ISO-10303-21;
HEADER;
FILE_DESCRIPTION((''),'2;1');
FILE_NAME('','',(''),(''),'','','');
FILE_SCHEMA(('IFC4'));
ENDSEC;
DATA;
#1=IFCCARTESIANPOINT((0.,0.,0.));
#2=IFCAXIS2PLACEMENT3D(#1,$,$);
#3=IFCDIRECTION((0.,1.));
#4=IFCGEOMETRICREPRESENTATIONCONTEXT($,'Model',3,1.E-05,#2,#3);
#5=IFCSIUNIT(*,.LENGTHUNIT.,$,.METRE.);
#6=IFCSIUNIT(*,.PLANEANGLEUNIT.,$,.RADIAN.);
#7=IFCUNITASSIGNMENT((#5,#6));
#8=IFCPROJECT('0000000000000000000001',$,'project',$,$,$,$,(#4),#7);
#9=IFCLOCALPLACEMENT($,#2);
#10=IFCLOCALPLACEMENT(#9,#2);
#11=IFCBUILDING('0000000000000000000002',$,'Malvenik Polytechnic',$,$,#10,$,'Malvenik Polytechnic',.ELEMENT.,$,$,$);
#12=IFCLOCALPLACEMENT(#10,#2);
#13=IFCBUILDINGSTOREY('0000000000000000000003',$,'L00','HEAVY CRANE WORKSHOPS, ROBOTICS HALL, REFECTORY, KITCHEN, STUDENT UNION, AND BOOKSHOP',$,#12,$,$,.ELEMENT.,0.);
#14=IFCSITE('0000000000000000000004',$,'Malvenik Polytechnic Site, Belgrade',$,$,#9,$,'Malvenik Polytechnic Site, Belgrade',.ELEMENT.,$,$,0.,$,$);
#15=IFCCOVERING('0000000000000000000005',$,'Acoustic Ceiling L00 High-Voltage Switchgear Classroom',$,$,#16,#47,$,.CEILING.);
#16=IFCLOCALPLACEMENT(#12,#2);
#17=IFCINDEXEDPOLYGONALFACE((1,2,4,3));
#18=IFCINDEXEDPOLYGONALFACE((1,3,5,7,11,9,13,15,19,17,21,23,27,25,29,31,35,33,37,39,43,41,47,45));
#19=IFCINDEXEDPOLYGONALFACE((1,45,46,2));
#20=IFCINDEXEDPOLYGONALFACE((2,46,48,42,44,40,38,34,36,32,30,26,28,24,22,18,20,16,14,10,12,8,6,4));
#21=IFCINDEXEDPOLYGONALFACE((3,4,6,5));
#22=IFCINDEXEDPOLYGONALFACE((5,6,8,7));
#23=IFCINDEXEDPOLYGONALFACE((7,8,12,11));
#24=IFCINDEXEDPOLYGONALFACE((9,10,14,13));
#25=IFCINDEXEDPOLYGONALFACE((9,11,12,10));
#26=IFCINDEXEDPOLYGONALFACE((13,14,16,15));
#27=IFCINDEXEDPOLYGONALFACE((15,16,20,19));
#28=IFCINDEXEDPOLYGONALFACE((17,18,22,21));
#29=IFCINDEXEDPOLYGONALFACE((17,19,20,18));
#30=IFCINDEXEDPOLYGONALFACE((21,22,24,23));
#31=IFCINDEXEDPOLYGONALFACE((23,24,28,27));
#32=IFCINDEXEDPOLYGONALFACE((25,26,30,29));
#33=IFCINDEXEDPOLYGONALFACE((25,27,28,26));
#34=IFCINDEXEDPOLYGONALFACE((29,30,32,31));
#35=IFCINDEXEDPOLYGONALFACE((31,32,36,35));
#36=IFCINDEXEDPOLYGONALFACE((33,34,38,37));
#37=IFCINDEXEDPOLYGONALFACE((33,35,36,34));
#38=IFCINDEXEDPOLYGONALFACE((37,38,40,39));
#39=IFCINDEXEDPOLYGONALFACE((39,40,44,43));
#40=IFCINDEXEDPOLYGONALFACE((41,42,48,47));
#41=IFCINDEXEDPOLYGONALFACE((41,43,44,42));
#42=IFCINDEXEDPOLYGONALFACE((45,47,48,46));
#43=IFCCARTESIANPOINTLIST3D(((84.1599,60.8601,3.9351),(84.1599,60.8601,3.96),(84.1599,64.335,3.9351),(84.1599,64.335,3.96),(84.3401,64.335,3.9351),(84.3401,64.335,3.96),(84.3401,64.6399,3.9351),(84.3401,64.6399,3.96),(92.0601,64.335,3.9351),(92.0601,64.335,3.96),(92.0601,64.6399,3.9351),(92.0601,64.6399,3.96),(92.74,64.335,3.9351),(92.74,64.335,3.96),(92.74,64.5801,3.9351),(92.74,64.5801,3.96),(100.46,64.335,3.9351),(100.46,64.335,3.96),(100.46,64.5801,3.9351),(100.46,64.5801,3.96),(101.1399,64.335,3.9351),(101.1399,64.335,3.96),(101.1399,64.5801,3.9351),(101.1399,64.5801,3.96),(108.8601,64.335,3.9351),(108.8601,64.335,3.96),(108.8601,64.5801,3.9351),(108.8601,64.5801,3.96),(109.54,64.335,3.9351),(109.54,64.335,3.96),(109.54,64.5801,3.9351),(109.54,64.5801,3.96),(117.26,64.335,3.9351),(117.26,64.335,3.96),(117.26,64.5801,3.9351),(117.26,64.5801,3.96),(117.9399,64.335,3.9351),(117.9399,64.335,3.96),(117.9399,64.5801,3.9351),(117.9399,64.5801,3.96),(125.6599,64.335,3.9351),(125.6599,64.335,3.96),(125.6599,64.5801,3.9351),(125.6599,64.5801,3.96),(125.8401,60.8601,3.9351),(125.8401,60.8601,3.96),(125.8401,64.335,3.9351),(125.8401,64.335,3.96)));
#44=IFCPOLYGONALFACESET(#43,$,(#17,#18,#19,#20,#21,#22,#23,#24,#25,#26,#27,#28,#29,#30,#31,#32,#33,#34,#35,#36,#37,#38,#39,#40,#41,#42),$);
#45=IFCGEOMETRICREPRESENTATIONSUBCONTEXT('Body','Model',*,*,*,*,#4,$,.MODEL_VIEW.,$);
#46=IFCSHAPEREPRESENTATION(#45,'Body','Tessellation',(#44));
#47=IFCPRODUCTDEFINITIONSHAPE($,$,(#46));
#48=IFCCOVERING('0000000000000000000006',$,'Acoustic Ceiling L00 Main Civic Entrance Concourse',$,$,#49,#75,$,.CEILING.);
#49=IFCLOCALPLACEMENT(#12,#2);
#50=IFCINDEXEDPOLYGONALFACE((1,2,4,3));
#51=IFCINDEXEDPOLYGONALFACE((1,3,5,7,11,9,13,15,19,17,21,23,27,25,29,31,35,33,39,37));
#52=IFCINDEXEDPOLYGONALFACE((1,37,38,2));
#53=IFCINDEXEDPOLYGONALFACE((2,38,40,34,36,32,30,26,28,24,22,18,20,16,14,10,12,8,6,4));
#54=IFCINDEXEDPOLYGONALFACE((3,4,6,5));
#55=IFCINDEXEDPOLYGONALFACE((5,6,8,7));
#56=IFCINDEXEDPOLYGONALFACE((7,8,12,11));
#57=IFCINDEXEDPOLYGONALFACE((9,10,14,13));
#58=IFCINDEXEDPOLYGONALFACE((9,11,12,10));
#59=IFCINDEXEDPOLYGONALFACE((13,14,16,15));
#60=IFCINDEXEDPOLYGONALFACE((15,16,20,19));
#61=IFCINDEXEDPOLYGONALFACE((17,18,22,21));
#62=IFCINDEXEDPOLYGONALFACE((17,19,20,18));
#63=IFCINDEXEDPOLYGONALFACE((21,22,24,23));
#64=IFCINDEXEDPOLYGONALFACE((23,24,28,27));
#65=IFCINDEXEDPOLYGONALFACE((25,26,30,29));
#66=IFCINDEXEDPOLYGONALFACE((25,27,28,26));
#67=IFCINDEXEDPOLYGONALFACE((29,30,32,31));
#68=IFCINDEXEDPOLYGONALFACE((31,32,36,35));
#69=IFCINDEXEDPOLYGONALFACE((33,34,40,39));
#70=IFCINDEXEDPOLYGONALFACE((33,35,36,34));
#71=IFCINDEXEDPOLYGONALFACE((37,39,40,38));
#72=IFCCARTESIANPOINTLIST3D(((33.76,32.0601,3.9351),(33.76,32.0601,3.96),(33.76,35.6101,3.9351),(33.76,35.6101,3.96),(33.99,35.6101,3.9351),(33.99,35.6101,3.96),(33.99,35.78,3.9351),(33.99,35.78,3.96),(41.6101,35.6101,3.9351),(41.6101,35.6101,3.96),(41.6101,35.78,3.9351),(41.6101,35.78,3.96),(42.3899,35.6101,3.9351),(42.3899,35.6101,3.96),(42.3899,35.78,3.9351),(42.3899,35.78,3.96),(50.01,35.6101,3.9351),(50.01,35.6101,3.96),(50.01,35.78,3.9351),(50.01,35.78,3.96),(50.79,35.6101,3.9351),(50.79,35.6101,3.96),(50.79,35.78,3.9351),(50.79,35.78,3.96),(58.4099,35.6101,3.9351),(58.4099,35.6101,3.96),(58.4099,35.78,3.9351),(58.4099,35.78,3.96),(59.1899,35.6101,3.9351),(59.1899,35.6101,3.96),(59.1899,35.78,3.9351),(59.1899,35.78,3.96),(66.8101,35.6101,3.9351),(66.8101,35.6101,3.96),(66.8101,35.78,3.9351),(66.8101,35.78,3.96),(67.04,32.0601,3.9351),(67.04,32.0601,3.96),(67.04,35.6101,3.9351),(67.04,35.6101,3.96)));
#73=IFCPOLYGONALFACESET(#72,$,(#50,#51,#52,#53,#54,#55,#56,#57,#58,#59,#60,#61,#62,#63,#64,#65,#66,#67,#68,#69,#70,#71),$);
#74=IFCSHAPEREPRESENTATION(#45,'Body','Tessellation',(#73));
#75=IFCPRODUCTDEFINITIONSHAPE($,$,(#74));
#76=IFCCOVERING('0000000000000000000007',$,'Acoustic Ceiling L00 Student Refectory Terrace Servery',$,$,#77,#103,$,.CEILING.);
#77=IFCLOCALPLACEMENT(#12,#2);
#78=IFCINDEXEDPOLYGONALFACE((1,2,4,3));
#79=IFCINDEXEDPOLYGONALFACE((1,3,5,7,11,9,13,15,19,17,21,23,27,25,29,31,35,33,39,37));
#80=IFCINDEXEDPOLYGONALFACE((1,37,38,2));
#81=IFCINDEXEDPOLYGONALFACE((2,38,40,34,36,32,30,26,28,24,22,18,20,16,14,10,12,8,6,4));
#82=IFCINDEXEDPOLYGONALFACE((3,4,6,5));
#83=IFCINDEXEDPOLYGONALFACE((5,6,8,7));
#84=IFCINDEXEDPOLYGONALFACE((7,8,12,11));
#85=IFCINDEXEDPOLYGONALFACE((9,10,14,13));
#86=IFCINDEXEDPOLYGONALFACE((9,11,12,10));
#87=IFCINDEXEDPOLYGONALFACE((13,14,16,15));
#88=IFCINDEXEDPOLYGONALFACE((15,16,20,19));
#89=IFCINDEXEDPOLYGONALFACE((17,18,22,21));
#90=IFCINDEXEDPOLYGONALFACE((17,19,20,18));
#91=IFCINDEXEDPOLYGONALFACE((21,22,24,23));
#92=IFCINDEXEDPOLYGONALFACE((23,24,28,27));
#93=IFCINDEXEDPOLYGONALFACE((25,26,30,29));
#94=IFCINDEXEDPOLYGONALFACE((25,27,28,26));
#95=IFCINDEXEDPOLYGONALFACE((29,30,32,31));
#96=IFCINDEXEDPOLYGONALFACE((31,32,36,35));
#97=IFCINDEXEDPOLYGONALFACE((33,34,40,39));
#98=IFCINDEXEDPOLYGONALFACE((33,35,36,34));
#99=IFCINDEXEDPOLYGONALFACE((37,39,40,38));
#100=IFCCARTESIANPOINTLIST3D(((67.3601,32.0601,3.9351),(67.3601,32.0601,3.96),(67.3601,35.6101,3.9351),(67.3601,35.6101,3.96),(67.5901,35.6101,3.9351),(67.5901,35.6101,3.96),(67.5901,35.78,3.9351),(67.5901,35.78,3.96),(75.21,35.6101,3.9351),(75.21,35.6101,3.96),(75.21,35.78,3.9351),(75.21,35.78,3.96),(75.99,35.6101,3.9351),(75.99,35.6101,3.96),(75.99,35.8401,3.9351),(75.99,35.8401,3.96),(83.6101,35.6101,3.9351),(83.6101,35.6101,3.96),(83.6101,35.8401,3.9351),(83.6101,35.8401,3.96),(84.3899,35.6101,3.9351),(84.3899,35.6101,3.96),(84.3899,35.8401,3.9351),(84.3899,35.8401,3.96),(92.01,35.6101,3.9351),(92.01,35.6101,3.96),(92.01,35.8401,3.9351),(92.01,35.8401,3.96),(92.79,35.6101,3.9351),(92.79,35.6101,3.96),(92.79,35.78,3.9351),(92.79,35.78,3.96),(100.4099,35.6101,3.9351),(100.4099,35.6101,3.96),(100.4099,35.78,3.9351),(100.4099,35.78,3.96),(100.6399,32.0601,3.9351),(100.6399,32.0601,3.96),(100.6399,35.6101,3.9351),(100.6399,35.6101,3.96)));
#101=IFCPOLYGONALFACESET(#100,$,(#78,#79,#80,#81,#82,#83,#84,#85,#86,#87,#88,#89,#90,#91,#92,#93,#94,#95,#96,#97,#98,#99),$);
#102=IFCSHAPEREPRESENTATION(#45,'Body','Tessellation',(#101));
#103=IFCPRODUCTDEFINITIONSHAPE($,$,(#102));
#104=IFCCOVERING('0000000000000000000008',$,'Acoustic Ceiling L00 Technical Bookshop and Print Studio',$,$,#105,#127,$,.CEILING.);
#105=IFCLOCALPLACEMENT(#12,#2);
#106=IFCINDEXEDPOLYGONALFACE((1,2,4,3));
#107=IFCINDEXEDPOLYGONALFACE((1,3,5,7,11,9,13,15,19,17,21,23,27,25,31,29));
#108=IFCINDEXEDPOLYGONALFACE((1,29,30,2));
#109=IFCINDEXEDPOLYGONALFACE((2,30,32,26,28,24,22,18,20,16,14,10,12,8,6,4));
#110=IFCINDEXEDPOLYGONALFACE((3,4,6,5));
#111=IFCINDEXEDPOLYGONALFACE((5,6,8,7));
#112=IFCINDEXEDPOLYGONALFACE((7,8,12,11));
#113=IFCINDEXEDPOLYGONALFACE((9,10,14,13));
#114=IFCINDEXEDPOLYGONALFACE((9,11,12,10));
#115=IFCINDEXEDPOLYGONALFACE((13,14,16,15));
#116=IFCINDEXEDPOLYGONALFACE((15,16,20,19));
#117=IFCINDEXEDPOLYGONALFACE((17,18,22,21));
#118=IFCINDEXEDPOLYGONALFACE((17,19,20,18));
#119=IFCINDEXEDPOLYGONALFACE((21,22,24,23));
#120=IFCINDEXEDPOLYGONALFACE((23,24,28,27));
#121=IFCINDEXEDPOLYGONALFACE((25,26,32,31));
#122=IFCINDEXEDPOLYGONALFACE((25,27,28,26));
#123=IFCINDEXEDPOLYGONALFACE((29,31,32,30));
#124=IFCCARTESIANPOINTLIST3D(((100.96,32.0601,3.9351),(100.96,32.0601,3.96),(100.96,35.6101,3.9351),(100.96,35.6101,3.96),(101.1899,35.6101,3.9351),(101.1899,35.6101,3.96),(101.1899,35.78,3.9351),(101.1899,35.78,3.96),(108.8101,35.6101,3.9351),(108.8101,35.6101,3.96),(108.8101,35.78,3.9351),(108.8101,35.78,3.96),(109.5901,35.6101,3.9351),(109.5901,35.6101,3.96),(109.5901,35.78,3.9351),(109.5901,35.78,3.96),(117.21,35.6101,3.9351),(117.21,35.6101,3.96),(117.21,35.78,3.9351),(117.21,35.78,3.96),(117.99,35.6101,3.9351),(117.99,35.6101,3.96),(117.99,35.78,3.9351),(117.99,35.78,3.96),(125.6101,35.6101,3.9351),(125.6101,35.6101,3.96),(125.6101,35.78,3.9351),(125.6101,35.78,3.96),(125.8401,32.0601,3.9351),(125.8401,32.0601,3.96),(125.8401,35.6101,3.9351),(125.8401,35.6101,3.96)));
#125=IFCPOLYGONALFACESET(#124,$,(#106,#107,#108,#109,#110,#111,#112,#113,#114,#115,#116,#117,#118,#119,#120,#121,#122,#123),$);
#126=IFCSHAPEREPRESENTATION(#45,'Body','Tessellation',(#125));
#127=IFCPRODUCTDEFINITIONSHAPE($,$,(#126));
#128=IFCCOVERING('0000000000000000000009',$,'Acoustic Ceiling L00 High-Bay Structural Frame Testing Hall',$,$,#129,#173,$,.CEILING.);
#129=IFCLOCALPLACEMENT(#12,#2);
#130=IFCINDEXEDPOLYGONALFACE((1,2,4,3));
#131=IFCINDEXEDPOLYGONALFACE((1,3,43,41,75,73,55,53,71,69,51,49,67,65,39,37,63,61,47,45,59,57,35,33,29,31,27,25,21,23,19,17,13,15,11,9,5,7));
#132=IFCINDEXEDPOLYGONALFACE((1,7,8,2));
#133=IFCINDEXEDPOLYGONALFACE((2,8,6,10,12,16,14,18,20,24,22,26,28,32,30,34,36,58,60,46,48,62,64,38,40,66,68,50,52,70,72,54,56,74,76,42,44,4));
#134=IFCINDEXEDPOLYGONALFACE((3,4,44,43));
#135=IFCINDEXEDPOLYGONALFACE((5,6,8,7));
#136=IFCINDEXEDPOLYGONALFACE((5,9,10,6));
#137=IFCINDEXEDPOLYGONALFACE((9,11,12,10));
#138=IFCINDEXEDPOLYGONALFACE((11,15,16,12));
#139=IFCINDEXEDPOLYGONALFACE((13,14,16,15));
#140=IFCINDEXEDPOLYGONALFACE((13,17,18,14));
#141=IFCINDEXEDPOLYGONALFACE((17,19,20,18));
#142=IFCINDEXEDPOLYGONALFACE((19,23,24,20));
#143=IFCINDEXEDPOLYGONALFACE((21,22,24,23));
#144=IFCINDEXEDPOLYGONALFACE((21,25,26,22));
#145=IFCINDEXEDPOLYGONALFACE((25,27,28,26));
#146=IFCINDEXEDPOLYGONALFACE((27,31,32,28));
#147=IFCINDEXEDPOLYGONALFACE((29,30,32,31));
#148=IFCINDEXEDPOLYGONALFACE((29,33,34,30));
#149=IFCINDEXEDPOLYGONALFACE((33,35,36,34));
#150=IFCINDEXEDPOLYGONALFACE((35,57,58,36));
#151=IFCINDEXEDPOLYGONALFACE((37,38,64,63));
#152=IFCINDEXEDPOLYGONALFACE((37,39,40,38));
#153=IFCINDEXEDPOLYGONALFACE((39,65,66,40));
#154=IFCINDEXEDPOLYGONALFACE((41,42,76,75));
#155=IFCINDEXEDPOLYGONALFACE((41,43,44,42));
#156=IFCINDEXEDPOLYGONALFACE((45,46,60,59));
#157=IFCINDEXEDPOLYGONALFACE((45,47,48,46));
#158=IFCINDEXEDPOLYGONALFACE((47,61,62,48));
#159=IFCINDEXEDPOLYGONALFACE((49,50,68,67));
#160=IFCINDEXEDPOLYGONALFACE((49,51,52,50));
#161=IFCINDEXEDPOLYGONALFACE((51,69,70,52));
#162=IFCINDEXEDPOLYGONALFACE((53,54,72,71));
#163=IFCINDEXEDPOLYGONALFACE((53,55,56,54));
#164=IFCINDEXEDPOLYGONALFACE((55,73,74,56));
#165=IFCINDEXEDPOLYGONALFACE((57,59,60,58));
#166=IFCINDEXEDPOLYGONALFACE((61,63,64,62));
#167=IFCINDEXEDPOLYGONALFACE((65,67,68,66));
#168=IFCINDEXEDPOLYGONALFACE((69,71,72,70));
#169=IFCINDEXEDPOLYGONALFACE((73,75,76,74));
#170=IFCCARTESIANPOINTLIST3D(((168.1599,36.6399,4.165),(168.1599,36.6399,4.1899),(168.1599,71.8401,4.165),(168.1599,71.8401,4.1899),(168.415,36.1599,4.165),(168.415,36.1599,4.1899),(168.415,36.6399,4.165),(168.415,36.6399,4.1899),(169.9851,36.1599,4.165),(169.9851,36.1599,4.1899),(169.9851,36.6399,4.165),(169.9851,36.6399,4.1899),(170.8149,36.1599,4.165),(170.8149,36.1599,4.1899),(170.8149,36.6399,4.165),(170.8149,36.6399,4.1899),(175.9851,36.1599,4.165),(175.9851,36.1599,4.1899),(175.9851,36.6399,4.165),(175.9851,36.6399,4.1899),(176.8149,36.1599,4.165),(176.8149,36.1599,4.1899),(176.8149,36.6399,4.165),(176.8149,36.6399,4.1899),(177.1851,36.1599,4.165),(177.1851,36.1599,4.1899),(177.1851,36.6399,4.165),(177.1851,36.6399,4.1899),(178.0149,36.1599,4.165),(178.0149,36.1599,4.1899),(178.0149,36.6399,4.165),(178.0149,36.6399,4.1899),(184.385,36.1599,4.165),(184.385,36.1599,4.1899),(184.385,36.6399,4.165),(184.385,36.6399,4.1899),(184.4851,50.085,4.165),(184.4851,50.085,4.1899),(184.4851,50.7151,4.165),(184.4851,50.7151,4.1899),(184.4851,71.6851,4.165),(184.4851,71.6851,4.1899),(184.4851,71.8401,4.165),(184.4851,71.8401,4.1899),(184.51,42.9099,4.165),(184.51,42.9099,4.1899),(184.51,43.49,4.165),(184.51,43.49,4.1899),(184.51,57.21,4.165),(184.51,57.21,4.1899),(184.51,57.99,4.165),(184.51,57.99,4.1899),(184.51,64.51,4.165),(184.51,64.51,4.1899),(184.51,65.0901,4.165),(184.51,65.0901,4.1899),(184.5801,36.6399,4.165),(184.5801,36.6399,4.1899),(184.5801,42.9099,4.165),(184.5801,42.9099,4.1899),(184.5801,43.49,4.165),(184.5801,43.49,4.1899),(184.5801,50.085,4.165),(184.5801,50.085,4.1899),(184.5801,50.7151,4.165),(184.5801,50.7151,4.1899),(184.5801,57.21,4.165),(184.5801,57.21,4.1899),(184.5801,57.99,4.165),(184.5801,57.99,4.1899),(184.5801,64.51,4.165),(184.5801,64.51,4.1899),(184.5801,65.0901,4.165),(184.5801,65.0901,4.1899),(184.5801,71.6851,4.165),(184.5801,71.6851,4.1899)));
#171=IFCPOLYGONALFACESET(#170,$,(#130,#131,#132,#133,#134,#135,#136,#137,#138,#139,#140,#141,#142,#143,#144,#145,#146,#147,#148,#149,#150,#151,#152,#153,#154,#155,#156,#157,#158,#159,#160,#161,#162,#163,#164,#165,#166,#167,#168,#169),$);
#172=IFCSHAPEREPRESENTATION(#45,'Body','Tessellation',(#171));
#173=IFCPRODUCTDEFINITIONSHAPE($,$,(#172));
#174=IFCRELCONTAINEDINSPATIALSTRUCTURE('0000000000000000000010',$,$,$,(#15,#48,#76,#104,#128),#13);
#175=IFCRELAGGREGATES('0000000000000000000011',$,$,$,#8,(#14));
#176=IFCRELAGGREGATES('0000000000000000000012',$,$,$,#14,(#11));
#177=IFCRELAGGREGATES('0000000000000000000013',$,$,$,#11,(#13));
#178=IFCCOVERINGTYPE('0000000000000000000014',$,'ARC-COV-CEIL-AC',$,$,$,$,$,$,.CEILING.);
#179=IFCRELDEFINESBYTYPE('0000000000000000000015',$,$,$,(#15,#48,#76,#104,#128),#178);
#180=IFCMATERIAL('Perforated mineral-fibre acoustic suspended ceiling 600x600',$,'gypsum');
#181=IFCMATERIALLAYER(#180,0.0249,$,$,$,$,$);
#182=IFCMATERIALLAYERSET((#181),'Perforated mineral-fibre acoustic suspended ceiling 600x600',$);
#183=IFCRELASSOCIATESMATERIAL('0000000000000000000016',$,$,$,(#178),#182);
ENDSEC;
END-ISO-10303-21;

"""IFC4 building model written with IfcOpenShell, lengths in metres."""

from ifc_helpers import new_model, si_unit, direction, frame, origin, place, context, subcontext, project, spatial, polyline, outline, extrude, material, layer, layer_set, type_object, element, save


model = new_model("IFC4")

# Units and contexts
model_context = context("Model", 3, precision=1e-05, world=origin(), true_north=direction((0.0, 1.0)))
body_context = subcontext(model_context, "Body", "Model", "MODEL_VIEW")
ifc_project = project(units=[si_unit("LENGTHUNIT", "METRE"), si_unit("PLANEANGLEUNIT", "RADIAN")], contexts=[model_context])

# Site, building, storey
site_placement = place(None, origin())
site = spatial("IfcSite", under=ifc_project, at=site_placement, Name="Malvenik Polytechnic Site, Belgrade", LongName="Malvenik Polytechnic Site, Belgrade", CompositionType="ELEMENT", RefElevation=0.0)
building_placement = place(site_placement, origin())
building = spatial("IfcBuilding", under=site, at=building_placement, Name="Malvenik Polytechnic", LongName="Malvenik Polytechnic", CompositionType="ELEMENT")
storey_placement = place(building_placement, origin())
storey = spatial("IfcBuildingStorey", under=building, at=storey_placement, Name="L00", Description="HEAVY CRANE WORKSHOPS, ROBOTICS HALL, REFECTORY, KITCHEN, STUDENT UNION, AND BOOKSHOP", CompositionType="ELEMENT", Elevation=0.0)

# Coverings
ifc_material_1 = material(Name="Perforated mineral-fibre acoustic suspended ceiling 600x600", Category="gypsum")
ifc_layer_1 = layer(ifc_material_1, 0.0249)
ifc_layer_set_1 = layer_set([ifc_layer_1], Name="Perforated mineral-fibre acoustic suspended ceiling 600x600")
covering_type_1 = type_object("IfcCoveringType", Name="ARC-COV-CEIL-AC", PredefinedType="CEILING", material=ifc_layer_set_1)
covering_1_placement = place(storey_placement, frame((0.0, 0.0, 3.9351)))
element("IfcCovering", 1, at=covering_1_placement, inside=storey, type_object=covering_type_1, Name="Acoustic Ceiling L00 High-Voltage Switchgear Classroom", PredefinedType="CEILING", context=body_context, shape_type="SweptSolid", body=[
    extrude(outline(polyline([(92.0601, 64.335), (92.74, 64.335), (92.74, 64.5801), (100.46, 64.5801), (100.46, 64.335), (101.1399, 64.335), (101.1399, 64.5801), (108.8601, 64.5801), (108.8601, 64.335), (109.54, 64.335), (109.54, 64.5801), (117.26, 64.5801), (117.26, 64.335), (117.9399, 64.335), (117.9399, 64.5801), (125.6599, 64.5801), (125.6599, 64.335), (125.8401, 64.335), (125.8401, 60.8601), (84.1599, 60.8601), (84.1599, 64.335), (84.3401, 64.335), (84.3401, 64.6399), (92.0601, 64.6399), (92.0601, 64.335)])), origin(), (0.0, 0.0, 1.0), 0.0249),
])
covering_2_placement = place(storey_placement, frame((0.0, 0.0, 3.9351)))
element("IfcCovering", 2, at=covering_2_placement, inside=storey, type_object=covering_type_1, Name="Acoustic Ceiling L00 Main Civic Entrance Concourse", PredefinedType="CEILING", context=body_context, shape_type="SweptSolid", body=[
    extrude(outline(polyline([(41.6101, 35.6101), (42.3899, 35.6101), (42.3899, 35.78), (50.01, 35.78), (50.01, 35.6101), (50.79, 35.6101), (50.79, 35.78), (58.4099, 35.78), (58.4099, 35.6101), (59.1899, 35.6101), (59.1899, 35.78), (66.8101, 35.78), (66.8101, 35.6101), (67.04, 35.6101), (67.04, 32.0601), (33.76, 32.0601), (33.76, 35.6101), (33.99, 35.6101), (33.99, 35.78), (41.6101, 35.78), (41.6101, 35.6101)])), origin(), (0.0, 0.0, 1.0), 0.0249),
])
covering_3_placement = place(storey_placement, frame((0.0, 0.0, 3.9351)))
element("IfcCovering", 3, at=covering_3_placement, inside=storey, type_object=covering_type_1, Name="Acoustic Ceiling L00 Student Refectory Terrace Servery", PredefinedType="CEILING", context=body_context, shape_type="SweptSolid", body=[
    extrude(outline(polyline([(75.21, 35.6101), (75.99, 35.6101), (75.99, 35.8401), (83.6101, 35.8401), (83.6101, 35.6101), (84.3899, 35.6101), (84.3899, 35.8401), (92.01, 35.8401), (92.01, 35.6101), (92.79, 35.6101), (92.79, 35.78), (100.4099, 35.78), (100.4099, 35.6101), (100.6399, 35.6101), (100.6399, 32.0601), (67.3601, 32.0601), (67.3601, 35.6101), (67.5901, 35.6101), (67.5901, 35.78), (75.21, 35.78), (75.21, 35.6101)])), origin(), (0.0, 0.0, 1.0), 0.0249),
])
covering_4_placement = place(storey_placement, frame((0.0, 0.0, 3.9351)))
element("IfcCovering", 4, at=covering_4_placement, inside=storey, type_object=covering_type_1, Name="Acoustic Ceiling L00 Technical Bookshop and Print Studio", PredefinedType="CEILING", context=body_context, shape_type="SweptSolid", body=[
    extrude(outline(polyline([(108.8101, 35.6101), (109.5901, 35.6101), (109.5901, 35.78), (117.21, 35.78), (117.21, 35.6101), (117.99, 35.6101), (117.99, 35.78), (125.6101, 35.78), (125.6101, 35.6101), (125.8401, 35.6101), (125.8401, 32.0601), (100.96, 32.0601), (100.96, 35.6101), (101.1899, 35.6101), (101.1899, 35.78), (108.8101, 35.78), (108.8101, 35.6101)])), origin(), (0.0, 0.0, 1.0), 0.0249),
])
covering_5_placement = place(storey_placement, frame((0.0, 0.0, 4.165)))
element("IfcCovering", 5, at=covering_5_placement, inside=storey, type_object=covering_type_1, Name="Acoustic Ceiling L00 High-Bay Structural Frame Testing Hall", PredefinedType="CEILING", context=body_context, shape_type="SweptSolid", body=[
    extrude(outline(polyline([(184.4851, 71.6851), (184.5801, 71.6851), (184.5801, 65.0901), (184.51, 65.0901), (184.51, 64.51), (184.5801, 64.51), (184.5801, 57.99), (184.51, 57.99), (184.51, 57.21), (184.5801, 57.21), (184.5801, 50.7151), (184.4851, 50.7151), (184.4851, 50.085), (184.5801, 50.085), (184.5801, 43.49), (184.51, 43.49), (184.51, 42.9099), (184.5801, 42.9099), (184.5801, 36.6399), (184.385, 36.6399), (184.385, 36.1599), (178.0149, 36.1599), (178.0149, 36.6399), (177.1851, 36.6399), (177.1851, 36.1599), (176.8149, 36.1599), (176.8149, 36.6399), (175.9851, 36.6399), (175.9851, 36.1599), (170.8149, 36.1599), (170.8149, 36.6399), (169.9851, 36.6399), (169.9851, 36.1599), (168.415, 36.1599), (168.415, 36.6399), (168.1599, 36.6399), (168.1599, 71.8401), (184.4851, 71.8401), (184.4851, 71.6851)])), origin(), (0.0, 0.0, 1.0), 0.0249),
])

save(model, "model.ifc")
